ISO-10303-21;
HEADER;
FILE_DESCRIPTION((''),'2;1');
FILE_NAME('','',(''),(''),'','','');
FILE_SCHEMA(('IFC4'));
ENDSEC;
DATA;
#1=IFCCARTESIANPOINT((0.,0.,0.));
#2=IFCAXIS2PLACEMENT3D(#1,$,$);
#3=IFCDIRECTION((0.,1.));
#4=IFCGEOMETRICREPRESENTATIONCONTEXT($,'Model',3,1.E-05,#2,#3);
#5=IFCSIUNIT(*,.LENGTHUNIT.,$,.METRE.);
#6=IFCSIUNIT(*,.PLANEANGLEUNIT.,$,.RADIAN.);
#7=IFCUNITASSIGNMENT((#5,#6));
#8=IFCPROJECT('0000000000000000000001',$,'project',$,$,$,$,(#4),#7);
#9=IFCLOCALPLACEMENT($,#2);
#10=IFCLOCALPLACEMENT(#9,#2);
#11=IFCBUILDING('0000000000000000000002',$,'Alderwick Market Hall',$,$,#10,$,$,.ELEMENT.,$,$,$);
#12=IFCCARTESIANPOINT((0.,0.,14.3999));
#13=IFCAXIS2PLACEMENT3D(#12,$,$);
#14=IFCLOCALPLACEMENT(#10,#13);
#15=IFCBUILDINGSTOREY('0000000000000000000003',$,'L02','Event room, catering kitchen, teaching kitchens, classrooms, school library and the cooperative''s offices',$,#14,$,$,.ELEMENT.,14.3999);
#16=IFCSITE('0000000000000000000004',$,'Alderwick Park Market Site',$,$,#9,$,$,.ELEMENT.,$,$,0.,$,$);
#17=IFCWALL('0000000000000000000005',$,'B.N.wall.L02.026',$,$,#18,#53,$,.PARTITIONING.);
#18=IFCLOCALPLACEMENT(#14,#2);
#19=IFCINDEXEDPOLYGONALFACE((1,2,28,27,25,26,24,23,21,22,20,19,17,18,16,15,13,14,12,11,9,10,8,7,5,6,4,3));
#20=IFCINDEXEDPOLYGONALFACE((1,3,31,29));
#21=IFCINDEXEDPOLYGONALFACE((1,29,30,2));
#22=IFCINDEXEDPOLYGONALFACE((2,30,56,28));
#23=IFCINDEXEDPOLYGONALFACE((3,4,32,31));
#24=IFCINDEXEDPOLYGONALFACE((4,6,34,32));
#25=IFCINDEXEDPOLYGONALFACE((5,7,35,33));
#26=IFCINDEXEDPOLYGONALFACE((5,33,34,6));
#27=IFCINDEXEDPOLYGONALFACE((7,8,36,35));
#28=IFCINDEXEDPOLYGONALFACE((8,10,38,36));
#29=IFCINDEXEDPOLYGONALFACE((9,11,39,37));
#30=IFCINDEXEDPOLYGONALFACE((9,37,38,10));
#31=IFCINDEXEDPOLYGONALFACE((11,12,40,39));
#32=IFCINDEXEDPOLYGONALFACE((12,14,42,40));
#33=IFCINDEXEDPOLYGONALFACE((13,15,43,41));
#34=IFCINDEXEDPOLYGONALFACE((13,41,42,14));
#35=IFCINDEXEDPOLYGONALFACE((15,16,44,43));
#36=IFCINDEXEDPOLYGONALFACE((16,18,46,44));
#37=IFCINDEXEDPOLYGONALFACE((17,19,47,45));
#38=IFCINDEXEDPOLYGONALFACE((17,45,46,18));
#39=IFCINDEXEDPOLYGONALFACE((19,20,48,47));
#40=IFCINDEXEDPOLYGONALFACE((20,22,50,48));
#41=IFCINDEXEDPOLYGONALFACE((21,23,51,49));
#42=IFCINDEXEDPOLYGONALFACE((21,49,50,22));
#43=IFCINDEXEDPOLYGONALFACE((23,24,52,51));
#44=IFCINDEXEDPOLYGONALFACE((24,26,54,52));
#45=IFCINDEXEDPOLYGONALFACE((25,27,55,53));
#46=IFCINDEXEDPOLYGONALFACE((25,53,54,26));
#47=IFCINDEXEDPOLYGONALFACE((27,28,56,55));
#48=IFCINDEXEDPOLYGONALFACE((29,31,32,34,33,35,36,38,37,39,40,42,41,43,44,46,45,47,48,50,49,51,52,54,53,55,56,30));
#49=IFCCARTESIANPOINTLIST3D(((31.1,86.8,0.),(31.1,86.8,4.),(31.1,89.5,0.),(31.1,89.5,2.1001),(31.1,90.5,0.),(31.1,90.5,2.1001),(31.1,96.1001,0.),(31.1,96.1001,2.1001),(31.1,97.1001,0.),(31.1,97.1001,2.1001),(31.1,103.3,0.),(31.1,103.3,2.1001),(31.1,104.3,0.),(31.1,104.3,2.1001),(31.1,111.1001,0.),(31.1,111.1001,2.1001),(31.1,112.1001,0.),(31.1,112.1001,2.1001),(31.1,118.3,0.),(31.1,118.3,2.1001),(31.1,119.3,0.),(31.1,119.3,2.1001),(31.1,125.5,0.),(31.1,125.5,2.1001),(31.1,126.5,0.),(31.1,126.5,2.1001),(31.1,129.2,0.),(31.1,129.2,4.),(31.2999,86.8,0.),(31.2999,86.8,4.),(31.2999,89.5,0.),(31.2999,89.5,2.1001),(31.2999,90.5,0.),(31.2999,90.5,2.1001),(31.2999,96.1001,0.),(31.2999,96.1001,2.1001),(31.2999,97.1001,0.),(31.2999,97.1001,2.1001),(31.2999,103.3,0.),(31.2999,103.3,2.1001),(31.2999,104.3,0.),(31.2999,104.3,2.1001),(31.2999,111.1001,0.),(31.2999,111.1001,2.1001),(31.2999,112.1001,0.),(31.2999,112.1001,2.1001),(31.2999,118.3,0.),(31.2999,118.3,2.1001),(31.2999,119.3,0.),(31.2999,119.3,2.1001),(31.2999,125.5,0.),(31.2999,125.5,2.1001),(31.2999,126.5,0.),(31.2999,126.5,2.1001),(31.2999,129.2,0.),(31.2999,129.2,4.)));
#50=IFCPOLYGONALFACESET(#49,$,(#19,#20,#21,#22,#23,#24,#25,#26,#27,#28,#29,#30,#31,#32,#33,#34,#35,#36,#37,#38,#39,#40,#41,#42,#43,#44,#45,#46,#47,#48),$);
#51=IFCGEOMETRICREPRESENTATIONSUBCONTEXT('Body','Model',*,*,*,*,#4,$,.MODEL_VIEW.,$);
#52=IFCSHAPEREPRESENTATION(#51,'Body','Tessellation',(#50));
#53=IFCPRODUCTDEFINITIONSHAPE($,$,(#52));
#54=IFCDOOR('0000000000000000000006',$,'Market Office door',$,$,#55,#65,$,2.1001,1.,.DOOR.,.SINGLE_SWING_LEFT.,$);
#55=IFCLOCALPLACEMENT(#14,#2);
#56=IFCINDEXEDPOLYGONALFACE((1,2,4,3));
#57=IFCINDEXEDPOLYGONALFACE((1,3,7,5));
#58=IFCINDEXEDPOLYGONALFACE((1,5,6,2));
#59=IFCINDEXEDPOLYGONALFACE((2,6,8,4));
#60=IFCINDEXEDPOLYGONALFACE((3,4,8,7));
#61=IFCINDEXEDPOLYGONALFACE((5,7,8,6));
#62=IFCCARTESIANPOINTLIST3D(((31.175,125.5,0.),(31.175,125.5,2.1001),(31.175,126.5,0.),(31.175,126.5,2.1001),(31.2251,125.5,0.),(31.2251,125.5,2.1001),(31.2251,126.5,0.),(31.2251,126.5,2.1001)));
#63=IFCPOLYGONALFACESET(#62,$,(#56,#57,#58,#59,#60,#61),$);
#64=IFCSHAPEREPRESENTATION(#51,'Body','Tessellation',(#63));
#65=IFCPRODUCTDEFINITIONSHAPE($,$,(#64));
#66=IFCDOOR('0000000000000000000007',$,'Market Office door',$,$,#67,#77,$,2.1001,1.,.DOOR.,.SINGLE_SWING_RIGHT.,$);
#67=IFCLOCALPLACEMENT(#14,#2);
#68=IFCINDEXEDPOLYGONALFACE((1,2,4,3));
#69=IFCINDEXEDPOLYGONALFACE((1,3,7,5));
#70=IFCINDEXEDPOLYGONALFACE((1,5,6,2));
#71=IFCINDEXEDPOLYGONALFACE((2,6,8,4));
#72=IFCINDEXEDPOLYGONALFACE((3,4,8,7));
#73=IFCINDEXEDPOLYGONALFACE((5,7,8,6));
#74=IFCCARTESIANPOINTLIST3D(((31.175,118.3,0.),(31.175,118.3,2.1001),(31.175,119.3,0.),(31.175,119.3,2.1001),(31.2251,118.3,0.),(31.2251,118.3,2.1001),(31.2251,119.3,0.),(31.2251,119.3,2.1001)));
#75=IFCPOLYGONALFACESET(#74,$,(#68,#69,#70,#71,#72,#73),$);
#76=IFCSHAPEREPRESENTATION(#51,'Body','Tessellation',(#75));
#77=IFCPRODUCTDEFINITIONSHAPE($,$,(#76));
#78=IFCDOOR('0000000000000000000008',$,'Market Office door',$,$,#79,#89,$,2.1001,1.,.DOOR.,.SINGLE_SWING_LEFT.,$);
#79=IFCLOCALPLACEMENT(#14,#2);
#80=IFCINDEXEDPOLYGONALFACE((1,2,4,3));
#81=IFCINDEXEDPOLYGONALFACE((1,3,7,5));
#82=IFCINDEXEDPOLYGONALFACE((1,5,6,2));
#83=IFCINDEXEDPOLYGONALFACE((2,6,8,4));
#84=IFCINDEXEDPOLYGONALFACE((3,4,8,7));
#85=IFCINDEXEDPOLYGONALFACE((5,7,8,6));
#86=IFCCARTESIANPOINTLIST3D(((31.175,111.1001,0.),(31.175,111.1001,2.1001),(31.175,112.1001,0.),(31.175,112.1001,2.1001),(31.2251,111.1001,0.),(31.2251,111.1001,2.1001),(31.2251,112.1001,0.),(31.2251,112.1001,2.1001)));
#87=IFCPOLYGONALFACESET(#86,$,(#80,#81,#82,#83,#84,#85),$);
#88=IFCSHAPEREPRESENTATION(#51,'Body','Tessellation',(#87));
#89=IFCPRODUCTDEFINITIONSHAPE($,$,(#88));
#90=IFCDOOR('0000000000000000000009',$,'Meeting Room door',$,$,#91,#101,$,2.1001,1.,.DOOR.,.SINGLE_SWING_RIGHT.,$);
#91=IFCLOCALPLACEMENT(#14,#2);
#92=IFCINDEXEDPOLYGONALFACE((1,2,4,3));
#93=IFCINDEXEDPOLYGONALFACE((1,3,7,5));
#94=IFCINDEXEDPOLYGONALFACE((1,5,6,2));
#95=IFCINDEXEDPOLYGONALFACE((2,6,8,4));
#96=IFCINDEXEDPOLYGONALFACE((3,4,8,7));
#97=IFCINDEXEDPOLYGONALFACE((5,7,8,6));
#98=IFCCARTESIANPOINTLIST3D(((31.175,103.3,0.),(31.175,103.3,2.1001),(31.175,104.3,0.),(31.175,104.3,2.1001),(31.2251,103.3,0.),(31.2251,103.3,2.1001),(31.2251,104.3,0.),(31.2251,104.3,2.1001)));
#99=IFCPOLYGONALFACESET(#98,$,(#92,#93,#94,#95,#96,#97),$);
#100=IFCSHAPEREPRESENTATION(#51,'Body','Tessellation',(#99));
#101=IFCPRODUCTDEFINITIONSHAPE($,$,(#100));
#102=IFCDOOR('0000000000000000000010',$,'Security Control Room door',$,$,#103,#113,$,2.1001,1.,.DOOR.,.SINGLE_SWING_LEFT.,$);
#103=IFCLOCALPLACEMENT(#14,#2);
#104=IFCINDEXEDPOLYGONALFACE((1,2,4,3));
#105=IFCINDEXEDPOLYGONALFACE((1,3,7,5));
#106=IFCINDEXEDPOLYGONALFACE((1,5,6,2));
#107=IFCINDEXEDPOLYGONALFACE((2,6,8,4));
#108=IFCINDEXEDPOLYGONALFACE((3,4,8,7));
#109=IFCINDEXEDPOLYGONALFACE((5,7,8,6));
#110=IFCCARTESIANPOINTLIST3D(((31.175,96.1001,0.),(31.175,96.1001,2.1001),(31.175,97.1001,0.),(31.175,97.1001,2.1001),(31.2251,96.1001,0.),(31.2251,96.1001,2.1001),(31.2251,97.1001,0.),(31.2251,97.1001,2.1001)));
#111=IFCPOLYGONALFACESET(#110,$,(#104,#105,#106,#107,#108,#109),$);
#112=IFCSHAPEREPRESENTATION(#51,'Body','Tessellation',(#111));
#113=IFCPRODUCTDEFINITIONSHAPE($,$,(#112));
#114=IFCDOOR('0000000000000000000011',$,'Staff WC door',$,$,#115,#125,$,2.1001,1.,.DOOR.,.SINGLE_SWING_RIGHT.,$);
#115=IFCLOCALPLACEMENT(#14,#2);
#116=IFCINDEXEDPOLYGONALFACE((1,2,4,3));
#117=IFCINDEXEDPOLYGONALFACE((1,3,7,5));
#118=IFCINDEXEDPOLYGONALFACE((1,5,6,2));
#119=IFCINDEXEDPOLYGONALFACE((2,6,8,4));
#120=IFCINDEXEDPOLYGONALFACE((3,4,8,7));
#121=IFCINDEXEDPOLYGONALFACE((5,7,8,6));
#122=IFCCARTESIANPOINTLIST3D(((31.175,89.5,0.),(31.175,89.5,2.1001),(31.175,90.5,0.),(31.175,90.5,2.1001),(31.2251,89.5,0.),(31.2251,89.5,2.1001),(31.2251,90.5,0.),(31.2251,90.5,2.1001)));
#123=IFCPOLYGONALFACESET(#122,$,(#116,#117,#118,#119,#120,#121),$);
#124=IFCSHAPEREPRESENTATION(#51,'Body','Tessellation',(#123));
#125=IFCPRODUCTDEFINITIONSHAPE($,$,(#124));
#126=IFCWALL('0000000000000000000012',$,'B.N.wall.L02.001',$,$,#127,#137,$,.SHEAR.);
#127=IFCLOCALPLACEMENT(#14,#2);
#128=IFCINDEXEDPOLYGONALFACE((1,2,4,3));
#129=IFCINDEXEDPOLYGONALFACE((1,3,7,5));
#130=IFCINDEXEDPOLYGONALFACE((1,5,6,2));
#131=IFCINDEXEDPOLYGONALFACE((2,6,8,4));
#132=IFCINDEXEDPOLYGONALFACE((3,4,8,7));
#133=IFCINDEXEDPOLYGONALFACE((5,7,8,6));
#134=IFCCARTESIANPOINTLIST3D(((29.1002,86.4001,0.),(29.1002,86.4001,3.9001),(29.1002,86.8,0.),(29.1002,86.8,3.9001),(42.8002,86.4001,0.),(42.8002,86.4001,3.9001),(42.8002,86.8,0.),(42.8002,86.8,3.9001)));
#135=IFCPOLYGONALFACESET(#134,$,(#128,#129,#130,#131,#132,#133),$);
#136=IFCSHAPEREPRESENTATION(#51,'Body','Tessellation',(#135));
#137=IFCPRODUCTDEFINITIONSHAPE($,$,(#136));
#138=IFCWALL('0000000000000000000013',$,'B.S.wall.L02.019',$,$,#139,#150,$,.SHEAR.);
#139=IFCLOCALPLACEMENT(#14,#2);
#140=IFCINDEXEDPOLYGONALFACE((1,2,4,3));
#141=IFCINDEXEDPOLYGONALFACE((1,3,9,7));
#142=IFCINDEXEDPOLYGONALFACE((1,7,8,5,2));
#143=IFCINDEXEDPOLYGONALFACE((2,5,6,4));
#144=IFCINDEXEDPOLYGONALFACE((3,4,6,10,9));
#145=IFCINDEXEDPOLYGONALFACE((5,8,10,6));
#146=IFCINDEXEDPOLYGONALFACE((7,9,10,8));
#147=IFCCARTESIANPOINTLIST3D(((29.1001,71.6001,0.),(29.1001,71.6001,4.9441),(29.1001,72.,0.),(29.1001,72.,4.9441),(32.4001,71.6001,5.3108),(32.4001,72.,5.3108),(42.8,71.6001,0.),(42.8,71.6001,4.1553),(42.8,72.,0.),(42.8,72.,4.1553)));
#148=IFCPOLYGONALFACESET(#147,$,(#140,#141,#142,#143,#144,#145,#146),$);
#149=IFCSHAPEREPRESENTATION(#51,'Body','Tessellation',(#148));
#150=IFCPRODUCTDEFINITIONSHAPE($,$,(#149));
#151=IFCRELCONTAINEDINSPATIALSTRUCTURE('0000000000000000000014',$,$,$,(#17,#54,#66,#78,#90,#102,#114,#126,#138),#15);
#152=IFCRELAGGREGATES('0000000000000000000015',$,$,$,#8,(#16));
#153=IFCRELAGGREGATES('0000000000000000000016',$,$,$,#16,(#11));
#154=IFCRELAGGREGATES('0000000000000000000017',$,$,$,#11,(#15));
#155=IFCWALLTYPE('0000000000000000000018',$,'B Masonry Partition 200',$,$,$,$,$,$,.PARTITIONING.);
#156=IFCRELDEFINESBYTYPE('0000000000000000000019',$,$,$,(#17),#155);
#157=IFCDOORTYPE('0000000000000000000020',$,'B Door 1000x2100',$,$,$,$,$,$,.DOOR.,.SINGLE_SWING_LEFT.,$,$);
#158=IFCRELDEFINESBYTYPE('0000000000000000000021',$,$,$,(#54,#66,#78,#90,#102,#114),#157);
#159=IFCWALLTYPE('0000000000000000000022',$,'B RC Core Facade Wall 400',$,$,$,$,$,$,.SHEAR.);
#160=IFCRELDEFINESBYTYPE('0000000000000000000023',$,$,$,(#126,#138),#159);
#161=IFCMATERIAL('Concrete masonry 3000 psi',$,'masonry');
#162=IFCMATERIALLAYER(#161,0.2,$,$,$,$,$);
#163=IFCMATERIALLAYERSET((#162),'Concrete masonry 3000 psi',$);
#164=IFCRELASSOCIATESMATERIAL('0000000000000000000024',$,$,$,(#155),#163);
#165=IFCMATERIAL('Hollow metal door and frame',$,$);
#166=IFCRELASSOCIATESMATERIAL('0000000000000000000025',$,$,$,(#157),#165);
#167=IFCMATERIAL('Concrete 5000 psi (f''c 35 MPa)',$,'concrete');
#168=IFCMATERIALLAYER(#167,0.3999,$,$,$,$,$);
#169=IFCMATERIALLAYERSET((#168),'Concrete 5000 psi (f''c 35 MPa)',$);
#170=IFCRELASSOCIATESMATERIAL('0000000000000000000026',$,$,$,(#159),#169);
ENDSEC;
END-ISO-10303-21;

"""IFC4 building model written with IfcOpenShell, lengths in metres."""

from ifc_helpers import new_model, si_unit, direction, frame, frame_2d, origin, place, context, subcontext, project, spatial, polyline, rectangle, outline, extrude, material, layer, layer_set, type_object, element, fill, save


model = new_model("IFC4")

# Units and contexts
model_context = context("Model", 3, precision=1e-05, world=origin(), true_north=direction((0.0, 1.0)))
body_context = subcontext(model_context, "Body", "Model", "MODEL_VIEW")
ifc_project = project(units=[si_unit("LENGTHUNIT", "METRE"), si_unit("PLANEANGLEUNIT", "RADIAN")], contexts=[model_context])

# Site, building, storey
site_placement = place(None, origin())
site = spatial("IfcSite", under=ifc_project, at=site_placement, Name="Alderwick Park Market Site", CompositionType="ELEMENT", RefElevation=0.0)
building_placement = place(site_placement, origin())
building = spatial("IfcBuilding", under=site, at=building_placement, Name="Alderwick Market Hall", CompositionType="ELEMENT")
storey_placement = place(building_placement, frame((0.0, 0.0, 14.3999)))
storey = spatial("IfcBuildingStorey", under=building, at=storey_placement, Name="L02", Description="Event room, catering kitchen, teaching kitchens, classrooms, school library and the cooperative's offices", CompositionType="ELEMENT", Elevation=14.3999)

# Shared definitions
ifc_material_1 = material(Name="Concrete 5000 psi (f'c 35 MPa)", Category="concrete")

# Wall, openings, doors
ifc_material_2 = material(Name="Concrete masonry 3000 psi", Category="masonry")
ifc_layer_1 = layer(ifc_material_2, 0.2)
ifc_layer_set_1 = layer_set([ifc_layer_1], Name="Concrete masonry 3000 psi")
wall_type_1 = type_object("IfcWallType", Name="B Masonry Partition 200", PredefinedType="PARTITIONING", material=ifc_layer_set_1)
wall_1_placement = place(storey_placement, frame((31.2, 86.8, 0.0), z_axis=(0.0, 0.0, 1.0), x_axis=(0.0, 1.0, 0.0)))
wall_1 = element("IfcWall", 1, at=wall_1_placement, inside=storey, type_object=wall_type_1, Name="B.N.wall.L02.026", PredefinedType="PARTITIONING", context=body_context, shape_type="SweptSolid", body=[
    extrude(rectangle(XDim=42.3999, YDim=0.2, at=frame_2d((21.2, 0.0))), origin(), (0.0, 0.0, 1.0), 4.0),
])
opening_1_placement = place(wall_1_placement, frame((38.7, 0.0, 0.0)))
opening_1 = element("IfcOpeningElement", 2, at=opening_1_placement, cuts=wall_1, PredefinedType="OPENING", context=body_context, shape_type="SweptSolid", body=[
    extrude(rectangle(XDim=1.0, YDim=2.1001, at=frame_2d((0.5, 1.05))), frame((0.0, 0.1099, 0.0), z_axis=(0.0, -1.0, 0.0), x_axis=(1.0, 0.0, 0.0)), (0.0, 0.0, 1.0), 0.22),
])
opening_2_placement = place(wall_1_placement, frame((31.5, 0.0, 0.0)))
opening_2 = element("IfcOpeningElement", 3, at=opening_2_placement, cuts=wall_1, PredefinedType="OPENING", context=body_context, shape_type="SweptSolid", body=[
    extrude(rectangle(XDim=1.0, YDim=2.1001, at=frame_2d((0.5, 1.05))), frame((0.0, 0.1099, 0.0), z_axis=(0.0, -1.0, 0.0), x_axis=(1.0, 0.0, 0.0)), (0.0, 0.0, 1.0), 0.22),
])
opening_3_placement = place(wall_1_placement, frame((24.3, 0.0, 0.0)))
opening_3 = element("IfcOpeningElement", 4, at=opening_3_placement, cuts=wall_1, PredefinedType="OPENING", context=body_context, shape_type="SweptSolid", body=[
    extrude(rectangle(XDim=1.0, YDim=2.1001, at=frame_2d((0.5, 1.05))), frame((0.0, 0.1099, 0.0), z_axis=(0.0, -1.0, 0.0), x_axis=(1.0, 0.0, 0.0)), (0.0, 0.0, 1.0), 0.22),
])
opening_4_placement = place(wall_1_placement, frame((16.5, 0.0, 0.0)))
opening_4 = element("IfcOpeningElement", 5, at=opening_4_placement, cuts=wall_1, PredefinedType="OPENING", context=body_context, shape_type="SweptSolid", body=[
    extrude(rectangle(XDim=1.0, YDim=2.1001, at=frame_2d((0.5, 1.05))), frame((0.0, 0.1099, 0.0), z_axis=(0.0, -1.0, 0.0), x_axis=(1.0, 0.0, 0.0)), (0.0, 0.0, 1.0), 0.22),
])
opening_5_placement = place(wall_1_placement, frame((9.3, 0.0, 0.0)))
opening_5 = element("IfcOpeningElement", 6, at=opening_5_placement, cuts=wall_1, PredefinedType="OPENING", context=body_context, shape_type="SweptSolid", body=[
    extrude(rectangle(XDim=1.0, YDim=2.1001, at=frame_2d((0.5, 1.05))), frame((0.0, 0.1099, 0.0), z_axis=(0.0, -1.0, 0.0), x_axis=(1.0, 0.0, 0.0)), (0.0, 0.0, 1.0), 0.22),
])
opening_6_placement = place(wall_1_placement, frame((2.7, 0.0, 0.0)))
opening_6 = element("IfcOpeningElement", 7, at=opening_6_placement, cuts=wall_1, PredefinedType="OPENING", context=body_context, shape_type="SweptSolid", body=[
    extrude(rectangle(XDim=1.0, YDim=2.1001, at=frame_2d((0.5, 1.05))), frame((0.0, 0.1099, 0.0), z_axis=(0.0, -1.0, 0.0), x_axis=(1.0, 0.0, 0.0)), (0.0, 0.0, 1.0), 0.22),
])
ifc_material_3 = material(Name="Hollow metal door and frame")
door_type_1 = type_object("IfcDoorType", Name="B Door 1000x2100", OperationType="SINGLE_SWING_LEFT", PredefinedType="DOOR", material=ifc_material_3)
door_1_placement = place(opening_1_placement, origin())
door_1 = element("IfcDoor", 8, at=door_1_placement, inside=storey, type_object=door_type_1, Name="Market Office door", OperationType="SINGLE_SWING_LEFT", OverallHeight=2.1001, OverallWidth=1.0, PredefinedType="DOOR", context=body_context, shape_type="SweptSolid", body=[
    extrude(rectangle(XDim=1.0, YDim=2.1001, at=frame_2d((0.5, 1.05))), frame((0.0, 0.0249, 0.0), z_axis=(0.0, -1.0, 0.0), x_axis=(1.0, 0.0, 0.0)), (0.0, 0.0, 1.0), 0.05),
])
fill(opening_1, door_1)
door_2_placement = place(opening_2_placement, origin())
door_2 = element("IfcDoor", 9, at=door_2_placement, inside=storey, type_object=door_type_1, Name="Market Office door", OperationType="SINGLE_SWING_RIGHT", OverallHeight=2.1001, OverallWidth=1.0, PredefinedType="DOOR", context=body_context, shape_type="SweptSolid", body=[
    extrude(rectangle(XDim=1.0, YDim=2.1001, at=frame_2d((0.5, 1.05))), frame((0.0, 0.0249, 0.0), z_axis=(0.0, -1.0, 0.0), x_axis=(1.0, 0.0, 0.0)), (0.0, 0.0, 1.0), 0.05),
])
fill(opening_2, door_2)
door_3_placement = place(opening_3_placement, origin())
door_3 = element("IfcDoor", 10, at=door_3_placement, inside=storey, type_object=door_type_1, Name="Market Office door", OperationType="SINGLE_SWING_LEFT", OverallHeight=2.1001, OverallWidth=1.0, PredefinedType="DOOR", context=body_context, shape_type="SweptSolid", body=[
    extrude(rectangle(XDim=1.0, YDim=2.1001, at=frame_2d((0.5, 1.05))), frame((0.0, 0.0249, 0.0), z_axis=(0.0, -1.0, 0.0), x_axis=(1.0, 0.0, 0.0)), (0.0, 0.0, 1.0), 0.05),
])
fill(opening_3, door_3)
door_4_placement = place(opening_4_placement, origin())
door_4 = element("IfcDoor", 11, at=door_4_placement, inside=storey, type_object=door_type_1, Name="Meeting Room door", OperationType="SINGLE_SWING_RIGHT", OverallHeight=2.1001, OverallWidth=1.0, PredefinedType="DOOR", context=body_context, shape_type="SweptSolid", body=[
    extrude(rectangle(XDim=1.0, YDim=2.1001, at=frame_2d((0.5, 1.05))), frame((0.0, 0.0249, 0.0), z_axis=(0.0, -1.0, 0.0), x_axis=(1.0, 0.0, 0.0)), (0.0, 0.0, 1.0), 0.05),
])
fill(opening_4, door_4)
door_5_placement = place(opening_5_placement, origin())
door_5 = element("IfcDoor", 12, at=door_5_placement, inside=storey, type_object=door_type_1, Name="Security Control Room door", OperationType="SINGLE_SWING_LEFT", OverallHeight=2.1001, OverallWidth=1.0, PredefinedType="DOOR", context=body_context, shape_type="SweptSolid", body=[
    extrude(rectangle(XDim=1.0, YDim=2.1001, at=frame_2d((0.5, 1.05))), frame((0.0, 0.0249, 0.0), z_axis=(0.0, -1.0, 0.0), x_axis=(1.0, 0.0, 0.0)), (0.0, 0.0, 1.0), 0.05),
])
fill(opening_5, door_5)
door_6_placement = place(opening_6_placement, origin())
door_6 = element("IfcDoor", 13, at=door_6_placement, inside=storey, type_object=door_type_1, Name="Staff WC door", OperationType="SINGLE_SWING_RIGHT", OverallHeight=2.1001, OverallWidth=1.0, PredefinedType="DOOR", context=body_context, shape_type="SweptSolid", body=[
    extrude(rectangle(XDim=1.0, YDim=2.1001, at=frame_2d((0.5, 1.05))), frame((0.0, 0.0249, 0.0), z_axis=(0.0, -1.0, 0.0), x_axis=(1.0, 0.0, 0.0)), (0.0, 0.0, 1.0), 0.05),
])
fill(opening_6, door_6)

# Walls
ifc_layer_2 = layer(ifc_material_1, 0.3999)
ifc_layer_set_2 = layer_set([ifc_layer_2], Name="Concrete 5000 psi (f'c 35 MPa)")
wall_type_2 = type_object("IfcWallType", Name="B RC Core Facade Wall 400", PredefinedType="SHEAR", material=ifc_layer_set_2)
wall_2_placement = place(storey_placement, frame((29.1001, 86.6001, 0.0), z_axis=(0.0, 0.0, 1.0), x_axis=(1.0, 0.0, 0.0)))
element("IfcWall", 14, at=wall_2_placement, inside=storey, type_object=wall_type_2, Name="B.N.wall.L02.001", PredefinedType="SHEAR", context=body_context, shape_type="SweptSolid", body=[
    extrude(rectangle(XDim=13.7, YDim=0.3999, at=frame_2d((6.8501, 0.0))), origin(), (0.0, 0.0, 1.0), 3.9001),
])
wall_3_placement = place(storey_placement, frame((29.1001, 71.8, 0.0), z_axis=(0.0, 0.0, 1.0), x_axis=(1.0, 0.0, 0.0)))
element("IfcWall", 15, at=wall_3_placement, inside=storey, type_object=wall_type_2, Name="B.S.wall.L02.019", PredefinedType="SHEAR", context=body_context, shape_type="SweptSolid", body=[
    extrude(outline(polyline([(0.0, 0.0), (13.7, 0.0), (13.7, 4.1553), (3.3, 5.3108), (0.0, 4.9441), (0.0, 0.0)])), frame((0.0, 0.2, 0.0), z_axis=(0.0, -1.0, 0.0), x_axis=(1.0, 0.0, 0.0)), (0.0, 0.0, 1.0), 0.3999),
])

save(model, "model.ifc")
